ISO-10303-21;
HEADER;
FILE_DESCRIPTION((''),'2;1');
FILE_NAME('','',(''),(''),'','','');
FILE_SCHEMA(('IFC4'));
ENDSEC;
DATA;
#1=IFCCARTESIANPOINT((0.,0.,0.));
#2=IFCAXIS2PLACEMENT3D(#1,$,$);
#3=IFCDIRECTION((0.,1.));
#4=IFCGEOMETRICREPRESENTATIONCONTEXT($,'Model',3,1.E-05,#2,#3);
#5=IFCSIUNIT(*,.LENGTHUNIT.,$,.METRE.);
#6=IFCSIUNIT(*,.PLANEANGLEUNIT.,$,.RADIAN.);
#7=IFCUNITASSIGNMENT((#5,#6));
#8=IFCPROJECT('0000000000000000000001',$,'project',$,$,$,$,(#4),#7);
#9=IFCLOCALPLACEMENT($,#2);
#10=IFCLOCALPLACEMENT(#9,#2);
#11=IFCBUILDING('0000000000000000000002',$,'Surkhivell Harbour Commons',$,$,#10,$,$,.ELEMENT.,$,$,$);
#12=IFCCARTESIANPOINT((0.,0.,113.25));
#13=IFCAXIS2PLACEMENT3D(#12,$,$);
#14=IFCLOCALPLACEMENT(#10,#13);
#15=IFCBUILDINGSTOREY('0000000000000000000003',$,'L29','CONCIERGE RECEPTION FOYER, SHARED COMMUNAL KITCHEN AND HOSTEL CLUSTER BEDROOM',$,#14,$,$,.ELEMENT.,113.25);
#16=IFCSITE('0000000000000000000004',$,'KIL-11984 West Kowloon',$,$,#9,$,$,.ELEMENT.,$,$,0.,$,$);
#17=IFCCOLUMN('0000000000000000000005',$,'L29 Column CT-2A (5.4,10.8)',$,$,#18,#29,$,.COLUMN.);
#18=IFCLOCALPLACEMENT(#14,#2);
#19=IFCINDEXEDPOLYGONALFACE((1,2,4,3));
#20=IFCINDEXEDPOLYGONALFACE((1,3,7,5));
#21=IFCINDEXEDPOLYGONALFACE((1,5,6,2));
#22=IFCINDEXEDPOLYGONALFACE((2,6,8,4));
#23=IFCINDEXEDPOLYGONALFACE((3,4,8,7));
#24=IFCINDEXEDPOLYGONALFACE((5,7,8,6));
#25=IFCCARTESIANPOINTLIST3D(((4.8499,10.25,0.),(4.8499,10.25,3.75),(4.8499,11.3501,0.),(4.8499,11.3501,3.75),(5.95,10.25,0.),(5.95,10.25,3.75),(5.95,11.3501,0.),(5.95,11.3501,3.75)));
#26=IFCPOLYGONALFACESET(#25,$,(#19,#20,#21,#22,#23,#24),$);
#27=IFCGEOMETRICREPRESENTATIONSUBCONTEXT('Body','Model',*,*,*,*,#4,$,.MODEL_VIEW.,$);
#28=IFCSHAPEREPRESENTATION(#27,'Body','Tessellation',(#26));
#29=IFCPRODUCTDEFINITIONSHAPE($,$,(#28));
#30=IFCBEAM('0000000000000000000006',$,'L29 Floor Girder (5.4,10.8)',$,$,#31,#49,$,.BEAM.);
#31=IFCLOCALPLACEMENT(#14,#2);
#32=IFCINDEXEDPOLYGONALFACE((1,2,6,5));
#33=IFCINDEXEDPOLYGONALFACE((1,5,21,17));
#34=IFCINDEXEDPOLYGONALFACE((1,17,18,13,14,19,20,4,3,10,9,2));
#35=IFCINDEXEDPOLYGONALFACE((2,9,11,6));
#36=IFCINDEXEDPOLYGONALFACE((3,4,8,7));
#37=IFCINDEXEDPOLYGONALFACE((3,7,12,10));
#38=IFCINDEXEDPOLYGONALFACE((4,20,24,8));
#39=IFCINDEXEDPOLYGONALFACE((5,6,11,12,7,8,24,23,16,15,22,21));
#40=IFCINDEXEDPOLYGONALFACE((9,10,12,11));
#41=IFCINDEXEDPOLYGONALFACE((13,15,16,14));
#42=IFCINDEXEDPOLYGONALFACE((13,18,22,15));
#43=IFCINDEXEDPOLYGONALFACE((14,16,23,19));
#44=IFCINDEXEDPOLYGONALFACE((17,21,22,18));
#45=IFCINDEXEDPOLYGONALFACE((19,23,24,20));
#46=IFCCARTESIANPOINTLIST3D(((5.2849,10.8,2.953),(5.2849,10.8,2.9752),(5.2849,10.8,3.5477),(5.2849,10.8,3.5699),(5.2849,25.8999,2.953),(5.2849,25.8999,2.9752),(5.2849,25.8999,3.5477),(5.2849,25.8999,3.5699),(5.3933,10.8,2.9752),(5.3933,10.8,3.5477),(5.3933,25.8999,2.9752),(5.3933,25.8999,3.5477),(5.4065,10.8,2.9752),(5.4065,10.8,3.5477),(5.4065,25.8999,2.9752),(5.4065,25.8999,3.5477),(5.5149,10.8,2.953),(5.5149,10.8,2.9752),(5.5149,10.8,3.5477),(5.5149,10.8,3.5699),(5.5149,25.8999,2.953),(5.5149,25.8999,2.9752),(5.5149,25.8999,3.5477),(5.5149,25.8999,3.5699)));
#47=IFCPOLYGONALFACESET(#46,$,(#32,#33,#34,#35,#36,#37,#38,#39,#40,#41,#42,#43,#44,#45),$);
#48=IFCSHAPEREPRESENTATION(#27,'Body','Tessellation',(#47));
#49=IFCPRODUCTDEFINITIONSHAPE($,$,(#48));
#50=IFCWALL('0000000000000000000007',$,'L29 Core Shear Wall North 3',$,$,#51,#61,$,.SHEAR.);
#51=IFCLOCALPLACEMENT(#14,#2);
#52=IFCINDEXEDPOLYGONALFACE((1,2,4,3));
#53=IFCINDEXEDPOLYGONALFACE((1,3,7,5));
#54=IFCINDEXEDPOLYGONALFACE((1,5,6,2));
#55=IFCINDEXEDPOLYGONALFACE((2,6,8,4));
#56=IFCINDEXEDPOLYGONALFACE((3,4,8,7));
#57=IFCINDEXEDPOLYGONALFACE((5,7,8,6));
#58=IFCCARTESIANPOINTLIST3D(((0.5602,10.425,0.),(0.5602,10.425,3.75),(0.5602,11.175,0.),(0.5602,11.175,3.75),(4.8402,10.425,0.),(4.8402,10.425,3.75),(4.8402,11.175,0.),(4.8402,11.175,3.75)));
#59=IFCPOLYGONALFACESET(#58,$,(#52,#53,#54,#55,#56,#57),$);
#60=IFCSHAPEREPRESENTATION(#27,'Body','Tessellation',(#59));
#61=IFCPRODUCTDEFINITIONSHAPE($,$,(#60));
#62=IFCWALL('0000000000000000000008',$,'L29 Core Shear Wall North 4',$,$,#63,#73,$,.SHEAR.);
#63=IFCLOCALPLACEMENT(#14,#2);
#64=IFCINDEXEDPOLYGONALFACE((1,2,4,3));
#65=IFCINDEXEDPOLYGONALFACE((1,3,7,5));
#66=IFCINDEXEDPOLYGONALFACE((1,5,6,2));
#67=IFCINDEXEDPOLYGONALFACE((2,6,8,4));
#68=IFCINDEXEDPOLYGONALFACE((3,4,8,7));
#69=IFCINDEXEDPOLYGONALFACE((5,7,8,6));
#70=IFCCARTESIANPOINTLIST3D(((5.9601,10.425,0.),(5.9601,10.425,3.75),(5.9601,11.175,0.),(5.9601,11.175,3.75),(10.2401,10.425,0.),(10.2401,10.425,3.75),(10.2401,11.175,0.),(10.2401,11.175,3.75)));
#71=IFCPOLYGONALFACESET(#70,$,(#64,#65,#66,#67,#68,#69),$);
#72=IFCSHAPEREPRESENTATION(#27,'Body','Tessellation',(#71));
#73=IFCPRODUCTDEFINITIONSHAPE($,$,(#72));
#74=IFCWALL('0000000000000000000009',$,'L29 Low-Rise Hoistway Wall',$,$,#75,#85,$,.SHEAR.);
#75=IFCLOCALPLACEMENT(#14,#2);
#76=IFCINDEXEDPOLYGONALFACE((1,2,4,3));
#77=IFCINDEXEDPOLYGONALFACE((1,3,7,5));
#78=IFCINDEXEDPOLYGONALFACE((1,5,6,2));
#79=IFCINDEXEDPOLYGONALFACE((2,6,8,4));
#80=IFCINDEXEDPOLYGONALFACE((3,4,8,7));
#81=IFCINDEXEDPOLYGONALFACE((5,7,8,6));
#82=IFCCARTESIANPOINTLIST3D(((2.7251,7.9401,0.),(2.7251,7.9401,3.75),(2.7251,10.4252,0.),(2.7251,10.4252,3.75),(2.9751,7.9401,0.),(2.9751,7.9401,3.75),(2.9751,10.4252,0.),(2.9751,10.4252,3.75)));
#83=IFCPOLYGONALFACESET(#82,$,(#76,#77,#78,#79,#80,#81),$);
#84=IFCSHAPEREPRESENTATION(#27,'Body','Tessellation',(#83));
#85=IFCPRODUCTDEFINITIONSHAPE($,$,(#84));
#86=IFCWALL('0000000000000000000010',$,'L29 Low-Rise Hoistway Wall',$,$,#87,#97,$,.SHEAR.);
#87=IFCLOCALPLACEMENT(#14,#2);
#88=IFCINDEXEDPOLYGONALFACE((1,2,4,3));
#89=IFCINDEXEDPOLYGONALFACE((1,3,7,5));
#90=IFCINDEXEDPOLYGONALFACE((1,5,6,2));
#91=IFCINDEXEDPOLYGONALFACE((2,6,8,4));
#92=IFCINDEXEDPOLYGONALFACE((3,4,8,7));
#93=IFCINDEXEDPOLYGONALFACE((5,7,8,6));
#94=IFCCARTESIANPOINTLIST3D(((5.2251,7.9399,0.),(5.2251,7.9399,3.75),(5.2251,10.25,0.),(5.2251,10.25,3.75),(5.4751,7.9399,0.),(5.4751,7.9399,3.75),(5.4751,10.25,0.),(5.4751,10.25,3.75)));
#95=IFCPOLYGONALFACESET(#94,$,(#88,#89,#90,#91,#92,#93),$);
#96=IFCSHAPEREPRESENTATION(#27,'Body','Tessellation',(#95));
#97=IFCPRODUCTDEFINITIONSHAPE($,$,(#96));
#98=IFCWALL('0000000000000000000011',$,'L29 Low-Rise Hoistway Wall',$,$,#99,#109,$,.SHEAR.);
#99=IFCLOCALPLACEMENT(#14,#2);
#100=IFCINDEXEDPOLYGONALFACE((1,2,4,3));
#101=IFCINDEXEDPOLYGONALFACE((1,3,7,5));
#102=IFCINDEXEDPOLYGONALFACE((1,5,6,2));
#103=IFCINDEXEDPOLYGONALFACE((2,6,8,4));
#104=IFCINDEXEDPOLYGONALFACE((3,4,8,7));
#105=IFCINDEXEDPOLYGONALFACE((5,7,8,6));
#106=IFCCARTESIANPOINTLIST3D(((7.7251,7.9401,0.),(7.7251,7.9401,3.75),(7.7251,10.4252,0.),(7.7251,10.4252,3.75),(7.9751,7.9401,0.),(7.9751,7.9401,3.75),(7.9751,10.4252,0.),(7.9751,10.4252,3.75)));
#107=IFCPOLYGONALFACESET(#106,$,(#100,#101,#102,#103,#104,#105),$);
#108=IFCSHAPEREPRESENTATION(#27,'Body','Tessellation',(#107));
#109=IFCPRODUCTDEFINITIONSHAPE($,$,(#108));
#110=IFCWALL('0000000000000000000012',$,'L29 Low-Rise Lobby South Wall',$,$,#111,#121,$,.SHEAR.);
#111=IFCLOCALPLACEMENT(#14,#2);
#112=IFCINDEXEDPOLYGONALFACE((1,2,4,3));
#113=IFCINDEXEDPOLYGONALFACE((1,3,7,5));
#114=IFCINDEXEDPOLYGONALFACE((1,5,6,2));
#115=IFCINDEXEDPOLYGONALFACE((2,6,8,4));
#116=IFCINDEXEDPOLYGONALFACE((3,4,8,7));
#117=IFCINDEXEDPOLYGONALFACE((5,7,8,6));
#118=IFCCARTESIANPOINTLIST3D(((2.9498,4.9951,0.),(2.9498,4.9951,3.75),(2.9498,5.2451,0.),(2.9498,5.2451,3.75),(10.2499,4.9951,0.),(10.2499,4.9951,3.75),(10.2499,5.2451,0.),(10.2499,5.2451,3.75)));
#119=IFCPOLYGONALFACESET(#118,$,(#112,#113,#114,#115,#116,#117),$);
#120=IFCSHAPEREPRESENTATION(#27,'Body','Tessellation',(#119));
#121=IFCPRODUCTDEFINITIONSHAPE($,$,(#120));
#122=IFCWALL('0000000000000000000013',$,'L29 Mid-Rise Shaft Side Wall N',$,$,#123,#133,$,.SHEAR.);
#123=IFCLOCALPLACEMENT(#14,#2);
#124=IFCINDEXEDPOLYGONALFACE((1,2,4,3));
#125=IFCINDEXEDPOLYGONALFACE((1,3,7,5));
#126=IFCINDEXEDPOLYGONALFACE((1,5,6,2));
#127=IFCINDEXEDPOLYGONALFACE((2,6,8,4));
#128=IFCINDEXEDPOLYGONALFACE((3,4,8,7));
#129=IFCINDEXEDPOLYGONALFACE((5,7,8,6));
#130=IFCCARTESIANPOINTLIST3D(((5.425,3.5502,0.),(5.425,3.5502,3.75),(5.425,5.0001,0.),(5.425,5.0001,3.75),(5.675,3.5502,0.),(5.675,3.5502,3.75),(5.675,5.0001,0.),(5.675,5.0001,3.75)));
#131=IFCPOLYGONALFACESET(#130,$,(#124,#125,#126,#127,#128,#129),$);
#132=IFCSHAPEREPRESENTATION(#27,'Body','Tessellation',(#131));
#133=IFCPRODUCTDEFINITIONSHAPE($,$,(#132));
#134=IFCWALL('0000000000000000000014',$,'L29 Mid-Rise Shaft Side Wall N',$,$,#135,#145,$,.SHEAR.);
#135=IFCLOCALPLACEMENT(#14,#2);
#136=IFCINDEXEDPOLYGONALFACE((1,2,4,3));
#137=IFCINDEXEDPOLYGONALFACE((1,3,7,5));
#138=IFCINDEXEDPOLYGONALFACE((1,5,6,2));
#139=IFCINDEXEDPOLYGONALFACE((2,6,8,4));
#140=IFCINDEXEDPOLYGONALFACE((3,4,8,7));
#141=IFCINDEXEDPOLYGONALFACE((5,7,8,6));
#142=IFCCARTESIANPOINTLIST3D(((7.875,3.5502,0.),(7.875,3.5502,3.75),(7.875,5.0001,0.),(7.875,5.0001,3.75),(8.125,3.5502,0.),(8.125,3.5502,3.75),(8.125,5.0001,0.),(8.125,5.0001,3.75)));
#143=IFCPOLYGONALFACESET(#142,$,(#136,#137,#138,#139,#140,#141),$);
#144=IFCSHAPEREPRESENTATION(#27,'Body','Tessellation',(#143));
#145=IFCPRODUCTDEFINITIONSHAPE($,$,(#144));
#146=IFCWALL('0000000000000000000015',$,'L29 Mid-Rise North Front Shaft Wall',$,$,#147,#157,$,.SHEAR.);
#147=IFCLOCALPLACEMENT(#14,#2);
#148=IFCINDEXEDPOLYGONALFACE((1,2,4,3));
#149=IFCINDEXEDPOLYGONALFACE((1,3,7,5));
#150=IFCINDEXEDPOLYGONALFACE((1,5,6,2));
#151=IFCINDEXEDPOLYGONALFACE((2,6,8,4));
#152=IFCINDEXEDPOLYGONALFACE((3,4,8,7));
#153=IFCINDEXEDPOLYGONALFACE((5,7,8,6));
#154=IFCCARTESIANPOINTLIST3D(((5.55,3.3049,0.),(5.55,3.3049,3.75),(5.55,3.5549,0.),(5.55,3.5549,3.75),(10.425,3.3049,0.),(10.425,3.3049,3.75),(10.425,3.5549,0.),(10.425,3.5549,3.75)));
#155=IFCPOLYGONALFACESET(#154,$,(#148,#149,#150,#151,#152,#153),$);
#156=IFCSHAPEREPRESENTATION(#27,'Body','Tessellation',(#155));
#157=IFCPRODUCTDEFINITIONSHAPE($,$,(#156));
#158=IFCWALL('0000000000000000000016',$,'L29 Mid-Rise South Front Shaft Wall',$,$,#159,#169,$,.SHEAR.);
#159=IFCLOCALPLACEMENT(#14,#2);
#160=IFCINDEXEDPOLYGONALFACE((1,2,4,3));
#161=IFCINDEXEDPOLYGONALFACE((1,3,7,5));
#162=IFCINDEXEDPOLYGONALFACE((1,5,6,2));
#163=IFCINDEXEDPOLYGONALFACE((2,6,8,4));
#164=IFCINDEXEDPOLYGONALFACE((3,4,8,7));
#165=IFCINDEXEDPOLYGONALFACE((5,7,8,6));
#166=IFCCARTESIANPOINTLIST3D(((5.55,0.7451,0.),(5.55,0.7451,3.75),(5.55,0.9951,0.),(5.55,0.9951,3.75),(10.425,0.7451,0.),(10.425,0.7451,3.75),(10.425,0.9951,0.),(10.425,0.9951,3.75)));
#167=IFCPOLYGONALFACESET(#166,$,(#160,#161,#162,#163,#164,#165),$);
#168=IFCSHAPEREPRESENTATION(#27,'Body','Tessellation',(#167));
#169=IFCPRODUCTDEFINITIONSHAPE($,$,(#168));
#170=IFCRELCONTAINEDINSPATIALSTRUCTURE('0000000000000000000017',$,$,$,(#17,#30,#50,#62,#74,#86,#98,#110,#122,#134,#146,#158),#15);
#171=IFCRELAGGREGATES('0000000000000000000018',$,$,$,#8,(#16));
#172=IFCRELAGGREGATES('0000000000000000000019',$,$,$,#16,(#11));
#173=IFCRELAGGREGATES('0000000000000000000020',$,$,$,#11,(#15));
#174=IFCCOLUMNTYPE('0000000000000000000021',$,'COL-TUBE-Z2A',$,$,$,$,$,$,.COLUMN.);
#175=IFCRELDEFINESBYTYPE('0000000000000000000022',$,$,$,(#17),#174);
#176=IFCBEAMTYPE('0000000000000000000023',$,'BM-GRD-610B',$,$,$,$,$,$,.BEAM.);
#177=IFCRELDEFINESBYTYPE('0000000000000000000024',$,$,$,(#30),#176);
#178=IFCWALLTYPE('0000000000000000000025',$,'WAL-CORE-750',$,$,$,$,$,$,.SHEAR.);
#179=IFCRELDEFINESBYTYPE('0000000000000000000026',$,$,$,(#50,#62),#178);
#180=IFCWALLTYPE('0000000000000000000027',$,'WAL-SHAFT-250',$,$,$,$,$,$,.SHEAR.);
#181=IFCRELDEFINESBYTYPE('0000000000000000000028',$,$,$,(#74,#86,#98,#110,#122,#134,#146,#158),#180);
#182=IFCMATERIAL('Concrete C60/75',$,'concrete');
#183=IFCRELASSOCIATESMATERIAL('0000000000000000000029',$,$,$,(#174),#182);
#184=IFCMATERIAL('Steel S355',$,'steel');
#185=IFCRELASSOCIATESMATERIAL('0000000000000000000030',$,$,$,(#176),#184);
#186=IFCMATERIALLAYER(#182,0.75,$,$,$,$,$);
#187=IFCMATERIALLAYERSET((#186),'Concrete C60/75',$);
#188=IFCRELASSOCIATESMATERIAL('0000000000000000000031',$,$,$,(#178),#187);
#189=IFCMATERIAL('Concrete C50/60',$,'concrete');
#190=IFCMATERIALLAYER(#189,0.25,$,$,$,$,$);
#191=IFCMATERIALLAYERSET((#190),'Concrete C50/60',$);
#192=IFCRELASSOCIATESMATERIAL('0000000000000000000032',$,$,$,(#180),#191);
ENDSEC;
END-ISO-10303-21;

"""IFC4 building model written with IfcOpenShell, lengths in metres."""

from ifc_helpers import new_model, si_unit, direction, frame, frame_2d, origin, origin_2d, place, context, subcontext, project, spatial, rectangle, i_section, extrude, material, layer, layer_set, material_profile, profile_set, type_object, element, save


model = new_model("IFC4")

# Units and contexts
model_context = context("Model", 3, precision=1e-05, world=origin(), true_north=direction((0.0, 1.0)))
body_context = subcontext(model_context, "Body", "Model", "MODEL_VIEW")
ifc_project = project(units=[si_unit("LENGTHUNIT", "METRE"), si_unit("PLANEANGLEUNIT", "RADIAN")], contexts=[model_context])

# Site, building, storey
site_placement = place(None, origin())
site = spatial("IfcSite", under=ifc_project, at=site_placement, Name="KIL-11984 West Kowloon", CompositionType="ELEMENT", RefElevation=0.0)
building_placement = place(site_placement, origin())
building = spatial("IfcBuilding", under=site, at=building_placement, Name="Surkhivell Harbour Commons", CompositionType="ELEMENT")
storey_placement = place(building_placement, frame((0.0, 0.0, 113.25)))
storey = spatial("IfcBuildingStorey", under=building, at=storey_placement, Name="L29", Description="CONCIERGE RECEPTION FOYER, SHARED COMMUNAL KITCHEN AND HOSTEL CLUSTER BEDROOM", CompositionType="ELEMENT", Elevation=113.25)

# Column
ifc_material_1 = material(Name="Concrete C60/75", Category="concrete")
ifc_material_profile_1 = material_profile(ifc_material_1, rectangle(XDim=1.1001, YDim=1.1001, at=origin_2d()), Name="RC-COL-1100x1100")
ifc_profile_set_1 = profile_set([ifc_material_profile_1], Name="Concrete C60/75")
column_type = type_object("IfcColumnType", Name="COL-TUBE-Z2A", PredefinedType="COLUMN", material=ifc_profile_set_1)
column_placement = place(storey_placement, frame((5.3999, 10.8, 0.0), z_axis=(0.0, 0.0, 1.0), x_axis=(1.0, 0.0, 0.0)))
element("IfcColumn", 1, at=column_placement, inside=storey, type_object=column_type, Name="L29 Column CT-2A (5.4,10.8)", PredefinedType="COLUMN", context=body_context, shape_type="SweptSolid", body=[
    extrude(rectangle(XDim=1.1001, YDim=1.1001, at=origin_2d()), origin(), (0.0, 0.0, 1.0), 3.75),
])

# Beam
ifc_material_2 = material(Name="Steel S355", Category="steel")
ifc_material_profile_2 = material_profile(ifc_material_2, i_section(OverallWidth=0.23, OverallDepth=0.6169, WebThickness=0.0132, FlangeThickness=0.0222, at=origin_2d()), Name="UB610x229x140")
ifc_profile_set_2 = profile_set([ifc_material_profile_2], Name="Steel S355")
beam_type = type_object("IfcBeamType", Name="BM-GRD-610B", PredefinedType="BEAM", material=ifc_profile_set_2)
beam_placement = place(storey_placement, frame((5.3999, 10.8, 3.2615), z_axis=(0.0, 1.0, 0.0), x_axis=(-1.0, 0.0, 0.0)))
element("IfcBeam", 2, at=beam_placement, inside=storey, type_object=beam_type, Name="L29 Floor Girder (5.4,10.8)", PredefinedType="BEAM", context=body_context, shape_type="SweptSolid", body=[
    extrude(i_section(OverallWidth=0.23, OverallDepth=0.6169, WebThickness=0.0132, FlangeThickness=0.0222, at=origin_2d()), origin(), (0.0, 0.0, 1.0), 15.0999),
])

# Walls
ifc_layer_1 = layer(ifc_material_1, 0.75)
ifc_layer_set_1 = layer_set([ifc_layer_1], Name="Concrete C60/75")
wall_type_1 = type_object("IfcWallType", Name="WAL-CORE-750", PredefinedType="SHEAR", material=ifc_layer_set_1)
for number, where, z_axis, x_axis, name in (
    (3, (0.5601, 10.8, 0.0), (0.0, 0.0, 1.0), (1.0, 0.0, 0.0), "L29 Core Shear Wall North 3"),
    (4, (5.96, 10.8, 0.0), (0.0, 0.0, 1.0), (1.0, 0.0, 0.0), "L29 Core Shear Wall North 4"),
):
    element("IfcWall", number, at=place(storey_placement, frame(where, z_axis=z_axis, x_axis=x_axis)), inside=storey, type_object=wall_type_1, Name=name, PredefinedType="SHEAR", context=body_context, shape_type="SweptSolid", body=[
        extrude(rectangle(XDim=4.28, YDim=0.75, at=frame_2d((2.1401, 0.0))), origin(), (0.0, 0.0, 1.0), 3.75),
    ])
ifc_material_3 = material(Name="Concrete C50/60", Category="concrete")
ifc_layer_2 = layer(ifc_material_3, 0.25)
ifc_layer_set_2 = layer_set([ifc_layer_2], Name="Concrete C50/60")
wall_type_2 = type_object("IfcWallType", Name="WAL-SHAFT-250", PredefinedType="SHEAR", material=ifc_layer_set_2)
wall_1_placement = place(storey_placement, frame((2.8501, 7.9399, 0.0), z_axis=(0.0, 0.0, 1.0), x_axis=(0.0, 1.0, 0.0)))
element("IfcWall", 5, at=wall_1_placement, inside=storey, type_object=wall_type_2, Name="L29 Low-Rise Hoistway Wall", PredefinedType="SHEAR", context=body_context, shape_type="SweptSolid", body=[
    extrude(rectangle(XDim=2.4851, YDim=0.25, at=frame_2d((1.2427, 0.0))), origin(), (0.0, 0.0, 1.0), 3.75),
])
wall_2_placement = place(storey_placement, frame((5.3501, 7.9399, 0.0), z_axis=(0.0, 0.0, 1.0), x_axis=(0.0, 1.0, 0.0)))
element("IfcWall", 6, at=wall_2_placement, inside=storey, type_object=wall_type_2, Name="L29 Low-Rise Hoistway Wall", PredefinedType="SHEAR", context=body_context, shape_type="SweptSolid", body=[
    extrude(rectangle(XDim=2.3101, YDim=0.25, at=frame_2d((1.155, 0.0))), origin(), (0.0, 0.0, 1.0), 3.75),
])
wall_3_placement = place(storey_placement, frame((7.8501, 7.9399, 0.0), z_axis=(0.0, 0.0, 1.0), x_axis=(0.0, 1.0, 0.0)))
element("IfcWall", 7, at=wall_3_placement, inside=storey, type_object=wall_type_2, Name="L29 Low-Rise Hoistway Wall", PredefinedType="SHEAR", context=body_context, shape_type="SweptSolid", body=[
    extrude(rectangle(XDim=2.4851, YDim=0.25, at=frame_2d((1.2427, 0.0))), origin(), (0.0, 0.0, 1.0), 3.75),
])
wall_4_placement = place(storey_placement, frame((2.95, 5.1201, 0.0), z_axis=(0.0, 0.0, 1.0), x_axis=(1.0, 0.0, 0.0)))
element("IfcWall", 8, at=wall_4_placement, inside=storey, type_object=wall_type_2, Name="L29 Low-Rise Lobby South Wall", PredefinedType="SHEAR", context=body_context, shape_type="SweptSolid", body=[
    extrude(rectangle(XDim=7.3, YDim=0.25, at=frame_2d((3.6499, 0.0))), origin(), (0.0, 0.0, 1.0), 3.75),
])
for number, where, z_axis, x_axis, name in (
    (9, (5.55, 3.55, 0.0), (0.0, 0.0, 1.0), (0.0, 1.0, 0.0), "L29 Mid-Rise Shaft Side Wall N"),
    (10, (8.0, 3.55, 0.0), (0.0, 0.0, 1.0), (0.0, 1.0, 0.0), "L29 Mid-Rise Shaft Side Wall N"),
):
    element("IfcWall", number, at=place(storey_placement, frame(where, z_axis=z_axis, x_axis=x_axis)), inside=storey, type_object=wall_type_2, Name=name, PredefinedType="SHEAR", context=body_context, shape_type="SweptSolid", body=[
        extrude(rectangle(XDim=1.45, YDim=0.25, at=frame_2d((0.7251, 0.0))), origin(), (0.0, 0.0, 1.0), 3.75),
    ])
for number, where, z_axis, x_axis, name in (
    (11, (5.55, 3.4299, 0.0), (0.0, 0.0, 1.0), (1.0, 0.0, 0.0), "L29 Mid-Rise North Front Shaft Wall"),
    (12, (5.55, 0.8701, 0.0), (0.0, 0.0, 1.0), (1.0, 0.0, 0.0), "L29 Mid-Rise South Front Shaft Wall"),
):
    element("IfcWall", number, at=place(storey_placement, frame(where, z_axis=z_axis, x_axis=x_axis)), inside=storey, type_object=wall_type_2, Name=name, PredefinedType="SHEAR", context=body_context, shape_type="SweptSolid", body=[
        extrude(rectangle(XDim=4.875, YDim=0.25, at=frame_2d((2.4375, 0.0))), origin(), (0.0, 0.0, 1.0), 3.75),
    ])

save(model, "model.ifc")
